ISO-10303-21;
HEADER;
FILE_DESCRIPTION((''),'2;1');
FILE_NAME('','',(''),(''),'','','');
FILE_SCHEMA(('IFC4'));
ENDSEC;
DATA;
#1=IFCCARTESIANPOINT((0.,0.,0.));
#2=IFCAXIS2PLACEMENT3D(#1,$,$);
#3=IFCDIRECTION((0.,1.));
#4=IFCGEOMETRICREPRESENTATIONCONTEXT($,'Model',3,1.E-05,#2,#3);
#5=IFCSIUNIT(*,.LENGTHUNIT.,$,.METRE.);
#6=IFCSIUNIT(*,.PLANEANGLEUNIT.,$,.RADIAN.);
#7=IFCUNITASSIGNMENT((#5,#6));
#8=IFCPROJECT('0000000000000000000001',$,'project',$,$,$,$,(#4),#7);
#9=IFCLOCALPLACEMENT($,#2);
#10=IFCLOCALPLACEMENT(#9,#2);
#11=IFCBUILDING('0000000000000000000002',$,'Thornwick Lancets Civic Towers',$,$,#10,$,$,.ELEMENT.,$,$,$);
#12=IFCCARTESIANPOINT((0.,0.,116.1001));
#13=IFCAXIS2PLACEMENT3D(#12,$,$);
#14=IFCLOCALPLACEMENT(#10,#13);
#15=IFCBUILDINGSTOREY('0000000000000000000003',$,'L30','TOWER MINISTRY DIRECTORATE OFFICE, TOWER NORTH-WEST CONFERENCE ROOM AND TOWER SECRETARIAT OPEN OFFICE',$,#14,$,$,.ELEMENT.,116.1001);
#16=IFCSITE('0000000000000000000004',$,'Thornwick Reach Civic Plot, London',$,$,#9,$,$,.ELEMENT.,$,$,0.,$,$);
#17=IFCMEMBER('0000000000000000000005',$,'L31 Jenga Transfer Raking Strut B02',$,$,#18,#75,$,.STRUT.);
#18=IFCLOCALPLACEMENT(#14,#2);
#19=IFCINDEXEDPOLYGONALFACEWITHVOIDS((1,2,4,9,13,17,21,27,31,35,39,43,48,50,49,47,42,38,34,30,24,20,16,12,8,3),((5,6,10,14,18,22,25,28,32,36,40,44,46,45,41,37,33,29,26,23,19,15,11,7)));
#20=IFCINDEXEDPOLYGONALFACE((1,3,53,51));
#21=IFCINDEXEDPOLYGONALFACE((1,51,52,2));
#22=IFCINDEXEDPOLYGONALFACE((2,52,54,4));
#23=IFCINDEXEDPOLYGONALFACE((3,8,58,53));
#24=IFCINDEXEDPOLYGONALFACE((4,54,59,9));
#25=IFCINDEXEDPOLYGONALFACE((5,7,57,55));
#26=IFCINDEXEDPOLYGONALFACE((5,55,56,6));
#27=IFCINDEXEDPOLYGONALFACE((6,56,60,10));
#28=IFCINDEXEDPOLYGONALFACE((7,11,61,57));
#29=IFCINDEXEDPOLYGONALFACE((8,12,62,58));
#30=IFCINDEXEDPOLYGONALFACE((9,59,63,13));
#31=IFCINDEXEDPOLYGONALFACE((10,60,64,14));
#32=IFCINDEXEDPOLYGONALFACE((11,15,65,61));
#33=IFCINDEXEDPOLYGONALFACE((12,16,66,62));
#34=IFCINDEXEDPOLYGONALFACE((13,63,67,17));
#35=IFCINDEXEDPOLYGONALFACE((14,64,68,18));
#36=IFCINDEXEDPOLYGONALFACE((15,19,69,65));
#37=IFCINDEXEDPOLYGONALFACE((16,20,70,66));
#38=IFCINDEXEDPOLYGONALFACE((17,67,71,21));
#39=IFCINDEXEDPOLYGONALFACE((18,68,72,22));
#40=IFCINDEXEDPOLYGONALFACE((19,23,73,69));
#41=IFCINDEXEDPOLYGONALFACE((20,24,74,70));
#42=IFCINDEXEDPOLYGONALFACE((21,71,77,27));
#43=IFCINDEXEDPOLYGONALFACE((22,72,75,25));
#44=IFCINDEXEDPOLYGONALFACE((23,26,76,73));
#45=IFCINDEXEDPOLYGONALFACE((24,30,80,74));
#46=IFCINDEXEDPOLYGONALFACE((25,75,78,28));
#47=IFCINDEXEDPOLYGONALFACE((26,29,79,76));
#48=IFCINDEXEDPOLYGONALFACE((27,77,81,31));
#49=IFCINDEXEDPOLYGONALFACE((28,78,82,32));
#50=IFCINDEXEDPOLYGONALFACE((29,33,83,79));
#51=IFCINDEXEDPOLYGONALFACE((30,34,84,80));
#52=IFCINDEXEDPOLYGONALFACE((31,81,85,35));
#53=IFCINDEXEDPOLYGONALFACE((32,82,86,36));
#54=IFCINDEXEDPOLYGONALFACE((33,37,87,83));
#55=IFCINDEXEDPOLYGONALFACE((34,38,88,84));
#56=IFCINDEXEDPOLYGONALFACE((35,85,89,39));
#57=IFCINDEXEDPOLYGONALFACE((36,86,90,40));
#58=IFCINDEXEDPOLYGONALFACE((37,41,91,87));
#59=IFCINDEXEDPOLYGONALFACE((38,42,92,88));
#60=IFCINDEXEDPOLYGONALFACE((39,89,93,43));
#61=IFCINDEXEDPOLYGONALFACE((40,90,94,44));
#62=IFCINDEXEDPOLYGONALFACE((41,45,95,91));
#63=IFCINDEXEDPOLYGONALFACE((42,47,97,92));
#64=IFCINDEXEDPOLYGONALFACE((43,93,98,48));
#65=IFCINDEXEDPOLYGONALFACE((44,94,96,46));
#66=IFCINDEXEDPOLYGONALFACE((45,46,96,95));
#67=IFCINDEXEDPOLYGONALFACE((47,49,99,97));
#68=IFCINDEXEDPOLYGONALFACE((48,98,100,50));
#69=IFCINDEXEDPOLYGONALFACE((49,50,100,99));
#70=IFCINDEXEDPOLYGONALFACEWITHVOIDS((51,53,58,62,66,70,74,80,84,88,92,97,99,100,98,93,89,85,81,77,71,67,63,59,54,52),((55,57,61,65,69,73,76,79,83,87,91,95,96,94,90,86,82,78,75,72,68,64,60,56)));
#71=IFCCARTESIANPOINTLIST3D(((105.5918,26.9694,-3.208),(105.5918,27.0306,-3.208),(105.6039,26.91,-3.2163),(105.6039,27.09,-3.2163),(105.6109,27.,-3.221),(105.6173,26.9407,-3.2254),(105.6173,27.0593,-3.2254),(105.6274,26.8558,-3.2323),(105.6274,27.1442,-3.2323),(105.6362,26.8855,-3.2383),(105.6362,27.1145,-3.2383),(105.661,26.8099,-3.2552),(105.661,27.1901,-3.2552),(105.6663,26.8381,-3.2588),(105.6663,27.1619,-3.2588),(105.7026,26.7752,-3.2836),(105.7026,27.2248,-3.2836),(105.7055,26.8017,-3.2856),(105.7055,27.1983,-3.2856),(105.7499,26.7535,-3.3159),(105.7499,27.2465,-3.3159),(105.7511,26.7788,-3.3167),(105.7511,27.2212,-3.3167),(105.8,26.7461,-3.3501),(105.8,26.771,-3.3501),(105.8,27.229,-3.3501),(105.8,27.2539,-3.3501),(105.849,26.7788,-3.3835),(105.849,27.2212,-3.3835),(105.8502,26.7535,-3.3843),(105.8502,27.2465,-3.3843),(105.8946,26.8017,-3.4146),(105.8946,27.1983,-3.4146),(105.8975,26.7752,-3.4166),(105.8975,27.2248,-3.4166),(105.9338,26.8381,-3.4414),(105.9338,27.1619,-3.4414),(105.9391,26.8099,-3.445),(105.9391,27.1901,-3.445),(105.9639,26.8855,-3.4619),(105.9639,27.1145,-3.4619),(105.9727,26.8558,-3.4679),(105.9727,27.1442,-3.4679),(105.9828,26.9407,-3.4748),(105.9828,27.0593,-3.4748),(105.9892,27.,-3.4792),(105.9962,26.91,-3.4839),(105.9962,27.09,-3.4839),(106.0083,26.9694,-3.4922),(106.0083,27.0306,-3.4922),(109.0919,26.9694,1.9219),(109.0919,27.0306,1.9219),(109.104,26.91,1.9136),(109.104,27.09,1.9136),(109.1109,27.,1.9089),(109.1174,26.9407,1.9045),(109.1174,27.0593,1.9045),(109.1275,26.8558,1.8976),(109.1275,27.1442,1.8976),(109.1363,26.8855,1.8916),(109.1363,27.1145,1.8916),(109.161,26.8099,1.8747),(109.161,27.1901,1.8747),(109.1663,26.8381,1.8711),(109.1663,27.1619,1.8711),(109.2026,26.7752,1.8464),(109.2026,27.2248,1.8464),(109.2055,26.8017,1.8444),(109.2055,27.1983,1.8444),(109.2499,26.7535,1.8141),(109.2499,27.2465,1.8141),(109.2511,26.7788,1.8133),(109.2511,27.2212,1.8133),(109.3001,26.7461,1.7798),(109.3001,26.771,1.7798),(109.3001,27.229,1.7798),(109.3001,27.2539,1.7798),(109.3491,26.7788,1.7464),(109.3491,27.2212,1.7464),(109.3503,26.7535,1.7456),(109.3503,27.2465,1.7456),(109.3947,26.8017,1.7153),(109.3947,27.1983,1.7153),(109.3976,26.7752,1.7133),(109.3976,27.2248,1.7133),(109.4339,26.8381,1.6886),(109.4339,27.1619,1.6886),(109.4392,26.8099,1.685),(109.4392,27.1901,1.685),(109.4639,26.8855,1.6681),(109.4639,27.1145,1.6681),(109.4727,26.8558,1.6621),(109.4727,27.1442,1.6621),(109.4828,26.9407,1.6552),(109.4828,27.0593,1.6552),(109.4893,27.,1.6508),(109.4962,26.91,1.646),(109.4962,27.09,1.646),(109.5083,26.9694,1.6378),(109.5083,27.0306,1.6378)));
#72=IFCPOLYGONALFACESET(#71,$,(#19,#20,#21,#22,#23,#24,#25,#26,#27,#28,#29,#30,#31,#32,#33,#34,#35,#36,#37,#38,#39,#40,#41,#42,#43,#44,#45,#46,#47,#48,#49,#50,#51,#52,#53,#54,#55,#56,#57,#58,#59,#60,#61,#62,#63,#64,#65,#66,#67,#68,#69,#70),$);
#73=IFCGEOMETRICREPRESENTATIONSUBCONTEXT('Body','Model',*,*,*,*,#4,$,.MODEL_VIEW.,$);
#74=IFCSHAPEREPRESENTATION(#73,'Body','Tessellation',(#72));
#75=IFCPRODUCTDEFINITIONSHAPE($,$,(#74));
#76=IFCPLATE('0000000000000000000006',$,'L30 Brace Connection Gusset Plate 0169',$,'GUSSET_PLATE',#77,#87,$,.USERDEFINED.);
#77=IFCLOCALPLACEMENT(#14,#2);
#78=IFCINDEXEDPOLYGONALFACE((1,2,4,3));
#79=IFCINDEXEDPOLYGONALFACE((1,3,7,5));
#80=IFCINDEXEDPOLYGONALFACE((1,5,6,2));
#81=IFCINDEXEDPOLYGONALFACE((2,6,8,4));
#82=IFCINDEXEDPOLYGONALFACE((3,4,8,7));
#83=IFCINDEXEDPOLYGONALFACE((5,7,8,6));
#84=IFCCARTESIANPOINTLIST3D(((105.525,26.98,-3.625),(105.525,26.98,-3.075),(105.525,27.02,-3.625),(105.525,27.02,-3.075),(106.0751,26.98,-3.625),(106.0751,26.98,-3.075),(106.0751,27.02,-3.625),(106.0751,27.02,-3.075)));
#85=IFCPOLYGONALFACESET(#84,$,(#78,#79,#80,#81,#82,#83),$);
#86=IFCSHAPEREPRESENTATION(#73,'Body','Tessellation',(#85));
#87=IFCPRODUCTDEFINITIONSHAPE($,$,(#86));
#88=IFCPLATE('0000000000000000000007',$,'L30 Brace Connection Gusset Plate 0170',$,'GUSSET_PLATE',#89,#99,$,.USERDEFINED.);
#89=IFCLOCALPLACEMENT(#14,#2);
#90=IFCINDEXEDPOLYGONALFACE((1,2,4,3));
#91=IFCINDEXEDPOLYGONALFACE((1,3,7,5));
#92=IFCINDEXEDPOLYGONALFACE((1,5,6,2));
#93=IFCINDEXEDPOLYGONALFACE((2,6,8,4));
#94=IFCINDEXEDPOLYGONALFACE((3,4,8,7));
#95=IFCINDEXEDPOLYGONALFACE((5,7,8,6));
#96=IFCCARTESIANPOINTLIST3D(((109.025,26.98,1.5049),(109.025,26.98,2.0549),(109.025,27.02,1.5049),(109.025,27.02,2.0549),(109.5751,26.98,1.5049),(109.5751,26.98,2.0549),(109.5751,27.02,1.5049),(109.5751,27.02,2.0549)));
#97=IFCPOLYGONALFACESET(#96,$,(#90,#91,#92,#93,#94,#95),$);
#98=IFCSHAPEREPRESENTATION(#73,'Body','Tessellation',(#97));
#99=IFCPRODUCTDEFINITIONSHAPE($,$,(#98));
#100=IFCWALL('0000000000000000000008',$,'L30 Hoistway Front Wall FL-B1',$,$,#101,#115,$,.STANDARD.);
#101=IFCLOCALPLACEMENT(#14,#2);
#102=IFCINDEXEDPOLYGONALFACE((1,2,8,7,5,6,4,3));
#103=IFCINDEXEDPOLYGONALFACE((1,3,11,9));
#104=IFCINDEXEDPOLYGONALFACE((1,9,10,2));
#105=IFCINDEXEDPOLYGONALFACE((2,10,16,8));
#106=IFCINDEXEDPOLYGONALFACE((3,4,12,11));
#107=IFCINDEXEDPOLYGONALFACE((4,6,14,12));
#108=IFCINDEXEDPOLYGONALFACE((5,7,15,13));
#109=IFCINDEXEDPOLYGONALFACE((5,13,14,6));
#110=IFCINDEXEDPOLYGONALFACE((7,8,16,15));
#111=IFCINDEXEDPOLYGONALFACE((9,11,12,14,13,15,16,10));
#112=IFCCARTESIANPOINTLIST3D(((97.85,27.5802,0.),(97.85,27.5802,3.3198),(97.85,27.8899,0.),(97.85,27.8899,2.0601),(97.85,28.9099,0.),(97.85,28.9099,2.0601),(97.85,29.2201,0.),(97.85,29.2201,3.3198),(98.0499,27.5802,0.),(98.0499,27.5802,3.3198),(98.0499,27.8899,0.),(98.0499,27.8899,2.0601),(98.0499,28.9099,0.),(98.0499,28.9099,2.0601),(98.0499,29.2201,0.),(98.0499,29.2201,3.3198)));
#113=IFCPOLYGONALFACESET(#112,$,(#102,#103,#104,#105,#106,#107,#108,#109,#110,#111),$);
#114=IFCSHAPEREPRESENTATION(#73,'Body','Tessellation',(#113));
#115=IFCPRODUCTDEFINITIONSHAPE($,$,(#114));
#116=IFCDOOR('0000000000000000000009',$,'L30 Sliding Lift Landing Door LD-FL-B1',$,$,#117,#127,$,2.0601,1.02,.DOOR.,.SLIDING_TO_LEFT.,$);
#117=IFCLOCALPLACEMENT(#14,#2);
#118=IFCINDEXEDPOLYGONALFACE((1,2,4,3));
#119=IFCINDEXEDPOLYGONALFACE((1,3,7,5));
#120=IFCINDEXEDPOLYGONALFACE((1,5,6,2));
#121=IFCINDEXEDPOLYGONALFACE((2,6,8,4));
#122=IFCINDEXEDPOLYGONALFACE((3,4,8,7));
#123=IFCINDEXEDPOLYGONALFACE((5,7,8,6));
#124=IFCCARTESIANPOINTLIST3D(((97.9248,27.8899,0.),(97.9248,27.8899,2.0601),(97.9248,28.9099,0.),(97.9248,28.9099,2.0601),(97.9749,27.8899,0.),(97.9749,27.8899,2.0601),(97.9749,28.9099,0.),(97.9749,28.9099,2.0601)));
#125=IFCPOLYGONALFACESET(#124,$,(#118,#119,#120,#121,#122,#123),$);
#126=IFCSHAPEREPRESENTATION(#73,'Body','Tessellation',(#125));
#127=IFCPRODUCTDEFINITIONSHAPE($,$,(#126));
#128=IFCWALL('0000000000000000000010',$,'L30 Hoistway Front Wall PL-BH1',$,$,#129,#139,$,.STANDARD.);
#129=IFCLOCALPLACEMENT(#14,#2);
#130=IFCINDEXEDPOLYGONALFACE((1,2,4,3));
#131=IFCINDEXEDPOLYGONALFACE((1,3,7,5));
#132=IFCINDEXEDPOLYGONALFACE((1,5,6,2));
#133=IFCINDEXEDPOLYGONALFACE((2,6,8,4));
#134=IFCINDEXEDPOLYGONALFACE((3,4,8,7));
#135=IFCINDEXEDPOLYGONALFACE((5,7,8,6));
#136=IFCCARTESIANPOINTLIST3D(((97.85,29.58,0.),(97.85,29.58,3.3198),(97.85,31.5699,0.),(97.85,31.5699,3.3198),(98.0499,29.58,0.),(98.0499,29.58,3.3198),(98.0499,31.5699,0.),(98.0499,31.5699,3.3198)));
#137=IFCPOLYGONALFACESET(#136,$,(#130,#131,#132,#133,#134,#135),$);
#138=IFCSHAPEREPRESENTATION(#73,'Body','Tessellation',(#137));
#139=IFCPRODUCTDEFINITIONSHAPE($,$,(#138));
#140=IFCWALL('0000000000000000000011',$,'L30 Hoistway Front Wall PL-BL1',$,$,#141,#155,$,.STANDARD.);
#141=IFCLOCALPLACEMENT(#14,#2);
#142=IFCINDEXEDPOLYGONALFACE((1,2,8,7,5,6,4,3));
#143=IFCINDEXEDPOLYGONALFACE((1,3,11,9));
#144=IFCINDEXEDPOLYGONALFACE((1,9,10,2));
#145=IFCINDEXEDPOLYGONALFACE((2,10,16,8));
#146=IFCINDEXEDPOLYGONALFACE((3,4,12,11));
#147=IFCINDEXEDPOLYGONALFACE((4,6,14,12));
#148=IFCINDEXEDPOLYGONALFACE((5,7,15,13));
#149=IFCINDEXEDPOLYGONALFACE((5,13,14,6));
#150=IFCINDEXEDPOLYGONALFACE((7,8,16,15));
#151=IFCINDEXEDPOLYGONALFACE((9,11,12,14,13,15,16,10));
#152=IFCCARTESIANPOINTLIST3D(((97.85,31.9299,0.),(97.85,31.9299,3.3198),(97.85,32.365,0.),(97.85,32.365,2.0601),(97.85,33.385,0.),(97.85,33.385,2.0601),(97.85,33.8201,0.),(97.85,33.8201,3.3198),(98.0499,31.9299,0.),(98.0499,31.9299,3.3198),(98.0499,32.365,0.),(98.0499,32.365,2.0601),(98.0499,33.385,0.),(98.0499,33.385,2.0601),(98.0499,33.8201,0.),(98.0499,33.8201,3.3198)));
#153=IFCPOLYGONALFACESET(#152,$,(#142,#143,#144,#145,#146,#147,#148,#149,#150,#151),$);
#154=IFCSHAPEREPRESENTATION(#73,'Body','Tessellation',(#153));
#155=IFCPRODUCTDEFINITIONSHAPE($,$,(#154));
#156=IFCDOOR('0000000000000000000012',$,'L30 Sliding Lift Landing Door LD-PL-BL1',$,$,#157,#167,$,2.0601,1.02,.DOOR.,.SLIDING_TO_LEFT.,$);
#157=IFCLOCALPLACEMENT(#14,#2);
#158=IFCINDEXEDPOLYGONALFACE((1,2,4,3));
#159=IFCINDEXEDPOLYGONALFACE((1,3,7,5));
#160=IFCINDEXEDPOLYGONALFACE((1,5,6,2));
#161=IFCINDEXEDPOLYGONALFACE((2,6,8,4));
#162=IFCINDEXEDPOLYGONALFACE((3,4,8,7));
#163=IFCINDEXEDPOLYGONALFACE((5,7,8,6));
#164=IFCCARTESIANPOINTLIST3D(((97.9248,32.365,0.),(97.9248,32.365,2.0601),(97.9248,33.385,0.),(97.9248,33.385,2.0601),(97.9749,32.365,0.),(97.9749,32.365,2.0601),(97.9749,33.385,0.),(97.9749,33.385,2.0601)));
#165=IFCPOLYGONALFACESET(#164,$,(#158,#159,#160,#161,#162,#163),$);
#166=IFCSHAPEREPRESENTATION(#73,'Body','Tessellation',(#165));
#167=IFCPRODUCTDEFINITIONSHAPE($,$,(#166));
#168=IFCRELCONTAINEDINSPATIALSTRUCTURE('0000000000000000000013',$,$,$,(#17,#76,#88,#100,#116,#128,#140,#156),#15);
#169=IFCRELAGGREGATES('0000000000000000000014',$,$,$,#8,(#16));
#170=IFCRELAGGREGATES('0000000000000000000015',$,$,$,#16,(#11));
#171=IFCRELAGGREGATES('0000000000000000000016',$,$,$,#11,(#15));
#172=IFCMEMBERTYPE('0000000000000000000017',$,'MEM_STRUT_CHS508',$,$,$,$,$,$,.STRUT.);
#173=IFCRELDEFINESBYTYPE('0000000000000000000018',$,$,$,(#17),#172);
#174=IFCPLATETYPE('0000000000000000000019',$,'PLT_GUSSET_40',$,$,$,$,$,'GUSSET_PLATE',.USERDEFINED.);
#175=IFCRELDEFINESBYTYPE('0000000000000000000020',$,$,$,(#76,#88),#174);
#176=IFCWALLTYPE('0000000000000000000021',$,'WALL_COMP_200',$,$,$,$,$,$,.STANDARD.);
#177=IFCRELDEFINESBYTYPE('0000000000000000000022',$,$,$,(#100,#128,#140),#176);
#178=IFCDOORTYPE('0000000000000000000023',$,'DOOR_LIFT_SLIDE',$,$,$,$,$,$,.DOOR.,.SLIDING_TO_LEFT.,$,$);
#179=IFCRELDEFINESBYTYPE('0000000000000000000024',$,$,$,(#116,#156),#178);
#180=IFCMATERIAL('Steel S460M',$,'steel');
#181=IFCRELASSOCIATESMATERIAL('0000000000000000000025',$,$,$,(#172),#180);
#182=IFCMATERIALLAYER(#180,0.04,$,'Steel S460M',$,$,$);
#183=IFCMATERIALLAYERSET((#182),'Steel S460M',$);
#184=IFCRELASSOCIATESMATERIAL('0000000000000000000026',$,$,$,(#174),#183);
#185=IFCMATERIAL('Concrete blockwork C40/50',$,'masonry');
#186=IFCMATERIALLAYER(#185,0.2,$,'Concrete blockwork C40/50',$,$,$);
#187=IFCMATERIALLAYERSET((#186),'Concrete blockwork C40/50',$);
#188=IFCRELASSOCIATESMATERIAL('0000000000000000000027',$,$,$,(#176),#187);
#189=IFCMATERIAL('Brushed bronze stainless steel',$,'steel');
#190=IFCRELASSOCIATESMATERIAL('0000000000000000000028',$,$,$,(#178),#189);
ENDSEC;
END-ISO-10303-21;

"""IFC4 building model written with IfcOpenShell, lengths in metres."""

from ifc_helpers import new_model, si_unit, direction, frame, frame_2d, origin, origin_2d, place, context, subcontext, project, spatial, rectangle, hollow_circle, extrude, material, layer, layer_set, material_profile, profile_set, type_object, element, fill, save


model = new_model("IFC4")

# Units and contexts
model_context = context("Model", 3, precision=1e-05, world=origin(), true_north=direction((0.0, 1.0)))
body_context = subcontext(model_context, "Body", "Model", "MODEL_VIEW")
ifc_project = project(units=[si_unit("LENGTHUNIT", "METRE"), si_unit("PLANEANGLEUNIT", "RADIAN")], contexts=[model_context])

# Site, building, storey
site_placement = place(None, origin())
site = spatial("IfcSite", under=ifc_project, at=site_placement, Name="Thornwick Reach Civic Plot, London", CompositionType="ELEMENT", RefElevation=0.0)
building_placement = place(site_placement, origin())
building = spatial("IfcBuilding", under=site, at=building_placement, Name="Thornwick Lancets Civic Towers", CompositionType="ELEMENT")
storey_placement = place(building_placement, frame((0.0, 0.0, 116.1001)))
storey = spatial("IfcBuildingStorey", under=building, at=storey_placement, Name="L30", Description="TOWER MINISTRY DIRECTORATE OFFICE, TOWER NORTH-WEST CONFERENCE ROOM AND TOWER SECRETARIAT OPEN OFFICE", CompositionType="ELEMENT", Elevation=116.1001)

# Member
ifc_material_1 = material(Name="Steel S460M", Category="steel")
ifc_material_profile_1 = material_profile(ifc_material_1, hollow_circle(Radius=0.2539, WallThickness=0.0249, at=origin_2d()), Name="CHS 508x25")
ifc_profile_set_1 = profile_set([ifc_material_profile_1], Name="Steel S460M")
member_type = type_object("IfcMemberType", Name="MEM_STRUT_CHS508", PredefinedType="STRUT", material=ifc_profile_set_1)
member_placement = place(storey_placement, frame((105.8, 27.0, -3.3501), z_axis=(0.563595, 0.0, 0.826051), x_axis=(0.0, 1.0, 0.0)))
element("IfcMember", 1, at=member_placement, inside=storey, type_object=member_type, Name="L31 Jenga Transfer Raking Strut B02", PredefinedType="STRUT", context=body_context, shape_type="SweptSolid", body=[
    extrude(hollow_circle(Radius=0.2539, WallThickness=0.0249, at=origin_2d()), origin(), (0.0, 0.0, 1.0), 6.2102),
])

# Plates
ifc_layer_1 = layer(ifc_material_1, 0.04, Name="Steel S460M")
ifc_layer_set_1 = layer_set([ifc_layer_1], Name="Steel S460M")
plate_type = type_object("IfcPlateType", Name="PLT_GUSSET_40", ElementType="GUSSET_PLATE", PredefinedType="USERDEFINED", material=ifc_layer_set_1)
for number, where, z_axis, x_axis, name in (
    (2, (105.8, 27.0, -3.625), (0.0, 0.0, 1.0), (1.0, 0.0, 0.0), "L30 Brace Connection Gusset Plate 0169"),
    (3, (109.3, 27.0, 1.5049), (0.0, 0.0, 1.0), (1.0, 0.0, 0.0), "L30 Brace Connection Gusset Plate 0170"),
):
    element("IfcPlate", number, at=place(storey_placement, frame(where, z_axis=z_axis, x_axis=x_axis)), inside=storey, type_object=plate_type, Name=name, ObjectType="GUSSET_PLATE", PredefinedType="USERDEFINED", context=body_context, shape_type="SweptSolid", body=[
        extrude(rectangle(XDim=0.55, YDim=0.04, at=origin_2d()), origin(), (0.0, 0.0, 1.0), 0.55),
    ])

# Wall, opening, door
ifc_material_2 = material(Name="Concrete blockwork C40/50", Category="masonry")
ifc_layer_2 = layer(ifc_material_2, 0.2, Name="Concrete blockwork C40/50")
ifc_layer_set_2 = layer_set([ifc_layer_2], Name="Concrete blockwork C40/50")
wall_type = type_object("IfcWallType", Name="WALL_COMP_200", PredefinedType="STANDARD", material=ifc_layer_set_2)
wall_1_placement = place(storey_placement, frame((97.95, 29.22, 0.0), z_axis=(0.0, 0.0, 1.0), x_axis=(0.0, -1.0, 0.0)))
wall_1 = element("IfcWall", 4, at=wall_1_placement, inside=storey, type_object=wall_type, Name="L30 Hoistway Front Wall FL-B1", PredefinedType="STANDARD", context=body_context, shape_type="SweptSolid", body=[
    extrude(rectangle(XDim=1.6399, YDim=0.2, at=frame_2d((0.8198, 0.0))), origin(), (0.0, 0.0, 1.0), 3.3198),
])
opening_1_placement = place(wall_1_placement, frame((0.3101, 0.0, 0.0)))
opening_1 = element("IfcOpeningElement", 5, at=opening_1_placement, cuts=wall_1, PredefinedType="OPENING", context=body_context, shape_type="SweptSolid", body=[
    extrude(rectangle(XDim=1.02, YDim=2.0601, at=frame_2d((0.51, 1.03))), frame((0.0, 0.1099, 0.0), z_axis=(0.0, -1.0, 0.0), x_axis=(1.0, 0.0, 0.0)), (0.0, 0.0, 1.0), 0.22),
])
ifc_material_3 = material(Name="Brushed bronze stainless steel", Category="steel")
door_type = type_object("IfcDoorType", Name="DOOR_LIFT_SLIDE", OperationType="SLIDING_TO_LEFT", PredefinedType="DOOR", material=ifc_material_3)
door_1_placement = place(opening_1_placement, origin())
door_1 = element("IfcDoor", 6, at=door_1_placement, inside=storey, type_object=door_type, Name="L30 Sliding Lift Landing Door LD-FL-B1", OperationType="SLIDING_TO_LEFT", OverallHeight=2.0601, OverallWidth=1.02, PredefinedType="DOOR", context=body_context, shape_type="SweptSolid", body=[
    extrude(rectangle(XDim=1.02, YDim=2.0601, at=frame_2d((0.51, 1.03))), frame((0.0, 0.0249, 0.0), z_axis=(0.0, -1.0, 0.0), x_axis=(1.0, 0.0, 0.0)), (0.0, 0.0, 1.0), 0.05),
])
fill(opening_1, door_1)

# Wall
wall_2_placement = place(storey_placement, frame((97.95, 31.5701, 0.0), z_axis=(0.0, 0.0, 1.0), x_axis=(0.0, -1.0, 0.0)))
element("IfcWall", 7, at=wall_2_placement, inside=storey, type_object=wall_type, Name="L30 Hoistway Front Wall PL-BH1", PredefinedType="STANDARD", context=body_context, shape_type="SweptSolid", body=[
    extrude(rectangle(XDim=1.99, YDim=0.2, at=frame_2d((0.9951, 0.0))), origin(), (0.0, 0.0, 1.0), 3.3198),
])

# Wall, opening, door
wall_3_placement = place(storey_placement, frame((97.95, 33.8201, 0.0), z_axis=(0.0, 0.0, 1.0), x_axis=(0.0, -1.0, 0.0)))
wall_3 = element("IfcWall", 8, at=wall_3_placement, inside=storey, type_object=wall_type, Name="L30 Hoistway Front Wall PL-BL1", PredefinedType="STANDARD", context=body_context, shape_type="SweptSolid", body=[
    extrude(rectangle(XDim=1.8901, YDim=0.2, at=frame_2d((0.9451, 0.0))), origin(), (0.0, 0.0, 1.0), 3.3198),
])
opening_2_placement = place(wall_3_placement, frame((0.4351, 0.0, 0.0)))
opening_2 = element("IfcOpeningElement", 9, at=opening_2_placement, cuts=wall_3, PredefinedType="OPENING", context=body_context, shape_type="SweptSolid", body=[
    extrude(rectangle(XDim=1.02, YDim=2.0601, at=frame_2d((0.51, 1.03))), frame((0.0, 0.1099, 0.0), z_axis=(0.0, -1.0, 0.0), x_axis=(1.0, 0.0, 0.0)), (0.0, 0.0, 1.0), 0.22),
])
door_2_placement = place(opening_2_placement, origin())
door_2 = element("IfcDoor", 10, at=door_2_placement, inside=storey, type_object=door_type, Name="L30 Sliding Lift Landing Door LD-PL-BL1", OperationType="SLIDING_TO_LEFT", OverallHeight=2.0601, OverallWidth=1.02, PredefinedType="DOOR", context=body_context, shape_type="SweptSolid", body=[
    extrude(rectangle(XDim=1.02, YDim=2.0601, at=frame_2d((0.51, 1.03))), frame((0.0, 0.0249, 0.0), z_axis=(0.0, -1.0, 0.0), x_axis=(1.0, 0.0, 0.0)), (0.0, 0.0, 1.0), 0.05),
])
fill(opening_2, door_2)

save(model, "model.ifc")
